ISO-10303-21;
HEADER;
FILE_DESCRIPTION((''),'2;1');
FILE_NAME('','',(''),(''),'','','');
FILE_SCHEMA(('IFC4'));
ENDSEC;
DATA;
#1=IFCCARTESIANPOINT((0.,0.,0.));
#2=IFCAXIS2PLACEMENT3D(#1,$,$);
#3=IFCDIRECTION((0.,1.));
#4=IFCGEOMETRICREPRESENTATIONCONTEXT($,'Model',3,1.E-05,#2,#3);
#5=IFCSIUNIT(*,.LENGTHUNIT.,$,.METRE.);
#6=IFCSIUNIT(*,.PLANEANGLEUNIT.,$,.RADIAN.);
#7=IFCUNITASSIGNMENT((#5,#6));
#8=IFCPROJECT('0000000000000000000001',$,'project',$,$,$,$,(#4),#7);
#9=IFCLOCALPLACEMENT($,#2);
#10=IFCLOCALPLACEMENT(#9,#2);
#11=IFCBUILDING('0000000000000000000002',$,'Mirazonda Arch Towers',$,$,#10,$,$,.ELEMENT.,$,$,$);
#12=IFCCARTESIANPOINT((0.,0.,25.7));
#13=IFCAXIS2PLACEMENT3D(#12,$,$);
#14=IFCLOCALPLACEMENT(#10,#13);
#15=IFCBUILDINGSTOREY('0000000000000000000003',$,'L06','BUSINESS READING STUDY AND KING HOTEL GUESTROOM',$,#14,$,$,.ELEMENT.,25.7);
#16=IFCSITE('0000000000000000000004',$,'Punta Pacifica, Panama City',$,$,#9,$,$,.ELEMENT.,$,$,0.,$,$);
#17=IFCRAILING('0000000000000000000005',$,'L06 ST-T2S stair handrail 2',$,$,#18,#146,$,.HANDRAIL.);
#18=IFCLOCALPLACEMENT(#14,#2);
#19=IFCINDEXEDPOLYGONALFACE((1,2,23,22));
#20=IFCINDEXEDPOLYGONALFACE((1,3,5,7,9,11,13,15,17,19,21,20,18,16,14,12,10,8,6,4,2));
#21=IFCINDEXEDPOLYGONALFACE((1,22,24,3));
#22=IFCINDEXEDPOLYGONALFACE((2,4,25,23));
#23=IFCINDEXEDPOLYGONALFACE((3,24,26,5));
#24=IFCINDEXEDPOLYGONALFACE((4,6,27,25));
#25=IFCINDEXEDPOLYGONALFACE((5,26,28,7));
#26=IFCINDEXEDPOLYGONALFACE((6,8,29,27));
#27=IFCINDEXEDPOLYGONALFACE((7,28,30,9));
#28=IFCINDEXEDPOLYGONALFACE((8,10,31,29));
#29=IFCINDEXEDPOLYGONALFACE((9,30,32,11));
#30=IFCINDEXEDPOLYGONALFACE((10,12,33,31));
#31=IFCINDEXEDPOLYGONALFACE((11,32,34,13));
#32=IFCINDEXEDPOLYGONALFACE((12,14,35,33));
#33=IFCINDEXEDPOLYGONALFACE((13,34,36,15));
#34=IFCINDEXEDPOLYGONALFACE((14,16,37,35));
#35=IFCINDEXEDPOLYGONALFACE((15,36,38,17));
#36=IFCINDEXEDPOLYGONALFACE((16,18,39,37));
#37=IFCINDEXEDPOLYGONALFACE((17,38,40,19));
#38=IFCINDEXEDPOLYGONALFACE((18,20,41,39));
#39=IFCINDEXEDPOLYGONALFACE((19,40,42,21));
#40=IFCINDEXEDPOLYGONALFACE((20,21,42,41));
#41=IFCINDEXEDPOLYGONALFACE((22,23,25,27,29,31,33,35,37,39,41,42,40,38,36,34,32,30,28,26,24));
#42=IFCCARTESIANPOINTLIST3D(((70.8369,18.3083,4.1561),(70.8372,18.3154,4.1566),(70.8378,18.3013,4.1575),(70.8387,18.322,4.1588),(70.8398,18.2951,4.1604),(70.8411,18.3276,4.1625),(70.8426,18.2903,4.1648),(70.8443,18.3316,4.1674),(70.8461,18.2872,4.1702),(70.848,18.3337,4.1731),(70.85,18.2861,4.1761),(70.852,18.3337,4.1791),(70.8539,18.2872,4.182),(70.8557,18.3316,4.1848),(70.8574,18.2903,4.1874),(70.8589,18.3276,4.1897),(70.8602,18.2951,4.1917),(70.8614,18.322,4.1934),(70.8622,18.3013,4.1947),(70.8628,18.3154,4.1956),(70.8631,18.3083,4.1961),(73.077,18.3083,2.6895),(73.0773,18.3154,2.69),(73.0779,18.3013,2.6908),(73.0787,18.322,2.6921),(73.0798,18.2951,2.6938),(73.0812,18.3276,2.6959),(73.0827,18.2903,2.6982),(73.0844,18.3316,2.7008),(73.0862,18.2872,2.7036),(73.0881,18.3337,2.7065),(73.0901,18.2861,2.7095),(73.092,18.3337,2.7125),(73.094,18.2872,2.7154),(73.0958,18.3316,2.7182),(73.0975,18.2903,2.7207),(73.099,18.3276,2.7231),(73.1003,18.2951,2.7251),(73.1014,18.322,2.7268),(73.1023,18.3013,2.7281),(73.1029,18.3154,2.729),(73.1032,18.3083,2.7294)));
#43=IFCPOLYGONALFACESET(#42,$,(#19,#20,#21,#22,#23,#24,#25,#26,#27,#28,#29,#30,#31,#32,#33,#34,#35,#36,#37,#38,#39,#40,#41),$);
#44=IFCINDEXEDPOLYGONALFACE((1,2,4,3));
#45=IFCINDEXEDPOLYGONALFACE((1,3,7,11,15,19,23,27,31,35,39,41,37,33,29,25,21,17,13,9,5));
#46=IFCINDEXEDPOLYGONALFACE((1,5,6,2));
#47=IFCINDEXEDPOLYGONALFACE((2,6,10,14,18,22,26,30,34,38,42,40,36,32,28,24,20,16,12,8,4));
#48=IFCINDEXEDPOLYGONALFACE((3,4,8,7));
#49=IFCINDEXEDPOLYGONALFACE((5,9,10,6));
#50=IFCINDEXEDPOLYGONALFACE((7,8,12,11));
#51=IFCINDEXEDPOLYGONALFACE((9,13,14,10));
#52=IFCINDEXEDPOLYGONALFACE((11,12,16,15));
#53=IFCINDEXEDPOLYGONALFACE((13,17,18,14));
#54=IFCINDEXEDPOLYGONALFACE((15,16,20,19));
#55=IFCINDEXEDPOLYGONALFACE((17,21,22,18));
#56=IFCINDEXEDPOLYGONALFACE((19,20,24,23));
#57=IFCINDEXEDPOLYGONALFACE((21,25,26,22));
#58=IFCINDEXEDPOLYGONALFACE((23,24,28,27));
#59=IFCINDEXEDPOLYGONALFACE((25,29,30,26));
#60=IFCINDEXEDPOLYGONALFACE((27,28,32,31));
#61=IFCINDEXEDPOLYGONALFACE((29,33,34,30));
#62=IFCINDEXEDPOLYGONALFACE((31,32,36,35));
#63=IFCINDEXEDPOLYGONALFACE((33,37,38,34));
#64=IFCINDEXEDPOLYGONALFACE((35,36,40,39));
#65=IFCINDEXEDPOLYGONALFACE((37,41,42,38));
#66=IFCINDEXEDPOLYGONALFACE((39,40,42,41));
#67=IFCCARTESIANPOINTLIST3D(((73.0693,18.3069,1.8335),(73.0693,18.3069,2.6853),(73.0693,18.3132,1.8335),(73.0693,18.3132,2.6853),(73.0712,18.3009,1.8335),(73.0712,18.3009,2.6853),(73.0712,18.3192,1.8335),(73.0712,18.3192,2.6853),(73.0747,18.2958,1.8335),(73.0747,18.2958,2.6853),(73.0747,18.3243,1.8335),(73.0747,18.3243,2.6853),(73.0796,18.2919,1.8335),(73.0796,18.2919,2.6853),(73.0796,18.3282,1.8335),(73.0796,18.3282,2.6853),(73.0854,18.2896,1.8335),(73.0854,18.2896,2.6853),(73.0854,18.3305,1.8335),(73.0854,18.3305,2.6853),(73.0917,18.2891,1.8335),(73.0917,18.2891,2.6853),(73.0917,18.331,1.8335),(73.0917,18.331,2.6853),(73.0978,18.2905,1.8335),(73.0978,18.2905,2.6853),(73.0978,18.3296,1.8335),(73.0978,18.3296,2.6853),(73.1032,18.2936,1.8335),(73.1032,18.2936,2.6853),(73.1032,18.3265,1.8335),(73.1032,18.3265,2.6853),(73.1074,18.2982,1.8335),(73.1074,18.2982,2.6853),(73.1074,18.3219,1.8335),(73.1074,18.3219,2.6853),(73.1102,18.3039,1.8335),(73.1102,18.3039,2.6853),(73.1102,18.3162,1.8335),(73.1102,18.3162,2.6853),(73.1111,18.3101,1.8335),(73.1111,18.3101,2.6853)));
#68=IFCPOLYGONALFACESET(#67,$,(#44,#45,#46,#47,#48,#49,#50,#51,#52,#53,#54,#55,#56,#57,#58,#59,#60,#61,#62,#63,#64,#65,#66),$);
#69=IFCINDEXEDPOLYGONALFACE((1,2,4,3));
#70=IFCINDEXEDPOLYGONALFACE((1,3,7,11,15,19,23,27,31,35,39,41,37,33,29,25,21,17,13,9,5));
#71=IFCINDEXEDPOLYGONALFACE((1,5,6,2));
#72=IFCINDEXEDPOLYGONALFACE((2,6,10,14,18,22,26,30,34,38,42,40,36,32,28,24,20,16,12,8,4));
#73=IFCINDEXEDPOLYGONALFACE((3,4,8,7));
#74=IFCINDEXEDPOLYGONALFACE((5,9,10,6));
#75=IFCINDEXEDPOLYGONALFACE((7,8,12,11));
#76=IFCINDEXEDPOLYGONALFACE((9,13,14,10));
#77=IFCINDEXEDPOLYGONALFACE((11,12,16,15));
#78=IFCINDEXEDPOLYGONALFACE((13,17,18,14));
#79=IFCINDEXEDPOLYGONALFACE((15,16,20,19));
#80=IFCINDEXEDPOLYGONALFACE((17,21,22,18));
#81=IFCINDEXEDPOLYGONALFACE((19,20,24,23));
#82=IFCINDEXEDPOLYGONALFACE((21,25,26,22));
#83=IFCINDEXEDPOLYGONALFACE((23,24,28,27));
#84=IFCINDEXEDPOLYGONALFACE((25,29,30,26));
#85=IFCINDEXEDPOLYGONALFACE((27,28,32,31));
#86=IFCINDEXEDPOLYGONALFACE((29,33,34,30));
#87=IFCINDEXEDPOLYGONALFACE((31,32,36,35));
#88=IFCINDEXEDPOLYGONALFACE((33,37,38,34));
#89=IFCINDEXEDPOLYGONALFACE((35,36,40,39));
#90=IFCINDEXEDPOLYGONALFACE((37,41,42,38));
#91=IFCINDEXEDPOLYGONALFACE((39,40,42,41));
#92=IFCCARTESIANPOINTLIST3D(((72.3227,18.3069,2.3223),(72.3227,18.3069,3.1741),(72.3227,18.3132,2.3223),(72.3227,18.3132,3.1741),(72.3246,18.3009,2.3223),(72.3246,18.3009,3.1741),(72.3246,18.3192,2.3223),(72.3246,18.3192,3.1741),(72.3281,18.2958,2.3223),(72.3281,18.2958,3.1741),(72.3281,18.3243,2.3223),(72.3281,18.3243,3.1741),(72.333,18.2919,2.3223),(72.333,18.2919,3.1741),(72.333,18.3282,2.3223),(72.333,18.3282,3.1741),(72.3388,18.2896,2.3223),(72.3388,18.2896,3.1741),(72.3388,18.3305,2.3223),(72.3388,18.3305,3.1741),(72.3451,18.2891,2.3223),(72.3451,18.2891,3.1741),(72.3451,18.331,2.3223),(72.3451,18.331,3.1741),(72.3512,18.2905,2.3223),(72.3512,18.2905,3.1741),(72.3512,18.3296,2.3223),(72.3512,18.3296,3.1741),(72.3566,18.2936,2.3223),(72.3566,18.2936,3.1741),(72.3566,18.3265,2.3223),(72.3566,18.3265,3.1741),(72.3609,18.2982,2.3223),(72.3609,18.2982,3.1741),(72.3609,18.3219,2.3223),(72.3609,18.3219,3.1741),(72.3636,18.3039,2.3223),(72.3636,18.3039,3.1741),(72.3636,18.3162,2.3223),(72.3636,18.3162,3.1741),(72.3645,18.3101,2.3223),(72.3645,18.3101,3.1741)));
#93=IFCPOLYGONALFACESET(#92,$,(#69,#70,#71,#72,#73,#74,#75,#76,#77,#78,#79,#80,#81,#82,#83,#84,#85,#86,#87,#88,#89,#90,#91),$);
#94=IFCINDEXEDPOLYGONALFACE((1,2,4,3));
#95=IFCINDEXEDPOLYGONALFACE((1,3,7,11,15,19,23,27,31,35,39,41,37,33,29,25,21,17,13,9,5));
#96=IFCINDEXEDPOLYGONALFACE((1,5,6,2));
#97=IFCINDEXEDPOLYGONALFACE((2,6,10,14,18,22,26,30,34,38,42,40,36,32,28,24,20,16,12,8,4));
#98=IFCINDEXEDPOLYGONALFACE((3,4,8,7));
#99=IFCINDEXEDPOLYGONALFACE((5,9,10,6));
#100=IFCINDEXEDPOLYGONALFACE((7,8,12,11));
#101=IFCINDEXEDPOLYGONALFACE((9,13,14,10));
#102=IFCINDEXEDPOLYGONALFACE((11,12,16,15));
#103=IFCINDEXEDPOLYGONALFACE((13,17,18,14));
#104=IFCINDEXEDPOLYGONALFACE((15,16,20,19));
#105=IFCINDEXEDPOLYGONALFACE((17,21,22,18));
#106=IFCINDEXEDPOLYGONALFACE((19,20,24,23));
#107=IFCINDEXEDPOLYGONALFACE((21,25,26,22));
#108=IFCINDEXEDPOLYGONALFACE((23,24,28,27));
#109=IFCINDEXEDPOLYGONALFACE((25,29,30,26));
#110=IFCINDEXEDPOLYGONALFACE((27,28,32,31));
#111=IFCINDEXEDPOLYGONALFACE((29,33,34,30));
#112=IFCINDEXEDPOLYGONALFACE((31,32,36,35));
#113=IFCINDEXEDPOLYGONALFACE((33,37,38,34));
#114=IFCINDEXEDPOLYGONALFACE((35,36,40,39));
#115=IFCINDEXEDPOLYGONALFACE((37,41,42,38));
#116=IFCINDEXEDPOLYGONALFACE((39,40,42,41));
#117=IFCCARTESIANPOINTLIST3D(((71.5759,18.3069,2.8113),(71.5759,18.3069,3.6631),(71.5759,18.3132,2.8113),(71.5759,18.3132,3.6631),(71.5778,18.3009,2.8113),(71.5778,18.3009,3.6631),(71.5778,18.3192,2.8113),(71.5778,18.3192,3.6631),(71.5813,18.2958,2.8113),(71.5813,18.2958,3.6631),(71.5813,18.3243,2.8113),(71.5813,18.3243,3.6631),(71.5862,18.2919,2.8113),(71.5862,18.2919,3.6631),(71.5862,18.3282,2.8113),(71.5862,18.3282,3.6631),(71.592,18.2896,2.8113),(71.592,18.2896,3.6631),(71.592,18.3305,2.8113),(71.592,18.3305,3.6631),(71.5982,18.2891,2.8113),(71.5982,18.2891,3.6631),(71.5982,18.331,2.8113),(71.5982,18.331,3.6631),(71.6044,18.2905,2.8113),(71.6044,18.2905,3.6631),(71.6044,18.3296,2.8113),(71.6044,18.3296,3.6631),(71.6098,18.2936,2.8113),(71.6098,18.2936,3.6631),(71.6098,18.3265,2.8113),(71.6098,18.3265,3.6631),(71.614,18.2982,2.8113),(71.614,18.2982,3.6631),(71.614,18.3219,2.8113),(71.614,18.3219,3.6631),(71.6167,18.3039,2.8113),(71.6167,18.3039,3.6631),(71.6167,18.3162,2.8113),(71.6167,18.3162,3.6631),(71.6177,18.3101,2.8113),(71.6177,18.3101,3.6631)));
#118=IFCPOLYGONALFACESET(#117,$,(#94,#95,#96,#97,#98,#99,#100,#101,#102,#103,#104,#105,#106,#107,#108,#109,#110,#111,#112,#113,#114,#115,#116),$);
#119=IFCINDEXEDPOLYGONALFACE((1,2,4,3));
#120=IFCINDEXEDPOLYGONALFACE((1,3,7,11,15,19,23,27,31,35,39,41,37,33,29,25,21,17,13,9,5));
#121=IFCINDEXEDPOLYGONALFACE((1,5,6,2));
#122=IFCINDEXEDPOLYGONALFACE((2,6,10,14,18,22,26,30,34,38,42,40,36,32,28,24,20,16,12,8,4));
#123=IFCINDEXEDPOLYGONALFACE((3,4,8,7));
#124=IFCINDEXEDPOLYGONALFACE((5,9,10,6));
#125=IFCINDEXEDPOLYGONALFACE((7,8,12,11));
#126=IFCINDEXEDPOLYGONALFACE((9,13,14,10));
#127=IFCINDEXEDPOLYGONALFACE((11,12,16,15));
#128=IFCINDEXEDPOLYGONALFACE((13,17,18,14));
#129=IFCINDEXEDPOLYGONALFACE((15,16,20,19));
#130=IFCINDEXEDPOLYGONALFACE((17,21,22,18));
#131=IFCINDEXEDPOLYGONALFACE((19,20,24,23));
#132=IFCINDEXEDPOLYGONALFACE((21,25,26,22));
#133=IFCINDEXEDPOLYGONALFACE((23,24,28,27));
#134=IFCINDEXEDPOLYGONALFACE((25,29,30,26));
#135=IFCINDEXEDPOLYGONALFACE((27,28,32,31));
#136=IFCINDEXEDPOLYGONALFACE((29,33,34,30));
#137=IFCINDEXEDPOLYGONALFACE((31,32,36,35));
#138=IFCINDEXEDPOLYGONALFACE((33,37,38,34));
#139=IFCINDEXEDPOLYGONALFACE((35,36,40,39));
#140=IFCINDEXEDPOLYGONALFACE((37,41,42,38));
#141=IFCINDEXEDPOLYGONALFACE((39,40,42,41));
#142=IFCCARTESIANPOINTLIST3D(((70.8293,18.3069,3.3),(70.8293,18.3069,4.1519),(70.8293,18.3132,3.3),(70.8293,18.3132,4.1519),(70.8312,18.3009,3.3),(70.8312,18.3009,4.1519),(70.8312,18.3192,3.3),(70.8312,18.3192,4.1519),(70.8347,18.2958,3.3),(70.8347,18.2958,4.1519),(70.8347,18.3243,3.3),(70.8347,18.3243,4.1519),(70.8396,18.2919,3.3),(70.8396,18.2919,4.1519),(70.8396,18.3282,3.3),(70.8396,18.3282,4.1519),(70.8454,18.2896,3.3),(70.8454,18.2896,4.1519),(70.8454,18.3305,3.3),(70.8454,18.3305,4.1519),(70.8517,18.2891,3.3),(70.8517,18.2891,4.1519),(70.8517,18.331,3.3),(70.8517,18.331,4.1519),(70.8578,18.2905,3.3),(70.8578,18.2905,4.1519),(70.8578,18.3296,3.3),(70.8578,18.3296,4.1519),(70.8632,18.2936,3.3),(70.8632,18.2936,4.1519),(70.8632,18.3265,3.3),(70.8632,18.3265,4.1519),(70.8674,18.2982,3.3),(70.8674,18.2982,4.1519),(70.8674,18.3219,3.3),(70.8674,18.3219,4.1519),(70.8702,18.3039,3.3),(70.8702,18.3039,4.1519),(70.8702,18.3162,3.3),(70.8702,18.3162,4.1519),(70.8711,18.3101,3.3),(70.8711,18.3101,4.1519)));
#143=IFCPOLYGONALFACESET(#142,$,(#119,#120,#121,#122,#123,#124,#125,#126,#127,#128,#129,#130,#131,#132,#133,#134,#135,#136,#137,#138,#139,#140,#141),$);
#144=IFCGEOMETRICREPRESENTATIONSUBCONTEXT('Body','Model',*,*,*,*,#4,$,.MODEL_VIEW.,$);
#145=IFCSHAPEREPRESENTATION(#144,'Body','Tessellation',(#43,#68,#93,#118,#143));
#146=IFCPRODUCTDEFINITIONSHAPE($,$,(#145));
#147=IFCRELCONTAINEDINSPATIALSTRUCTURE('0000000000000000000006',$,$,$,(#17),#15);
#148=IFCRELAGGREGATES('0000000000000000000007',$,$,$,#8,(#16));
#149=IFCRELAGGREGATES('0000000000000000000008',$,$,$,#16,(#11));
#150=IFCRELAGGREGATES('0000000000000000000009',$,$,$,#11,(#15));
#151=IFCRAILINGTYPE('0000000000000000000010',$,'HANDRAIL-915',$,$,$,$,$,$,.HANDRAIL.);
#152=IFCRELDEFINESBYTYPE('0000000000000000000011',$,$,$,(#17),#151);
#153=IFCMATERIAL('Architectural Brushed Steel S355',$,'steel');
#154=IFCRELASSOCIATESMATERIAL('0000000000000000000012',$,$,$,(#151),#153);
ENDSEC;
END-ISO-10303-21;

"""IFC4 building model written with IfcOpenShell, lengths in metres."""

from ifc_helpers import new_model, si_unit, direction, frame, origin, origin_2d, place, context, subcontext, project, spatial, circle, extrude, material, type_object, element, save


model = new_model("IFC4")

# Units and contexts
model_context = context("Model", 3, precision=1e-05, world=origin(), true_north=direction((0.0, 1.0)))
body_context = subcontext(model_context, "Body", "Model", "MODEL_VIEW")
ifc_project = project(units=[si_unit("LENGTHUNIT", "METRE"), si_unit("PLANEANGLEUNIT", "RADIAN")], contexts=[model_context])

# Site, building, storey
site_placement = place(None, origin())
site = spatial("IfcSite", under=ifc_project, at=site_placement, Name="Punta Pacifica, Panama City", CompositionType="ELEMENT", RefElevation=0.0)
building_placement = place(site_placement, origin())
building = spatial("IfcBuilding", under=site, at=building_placement, Name="Mirazonda Arch Towers", CompositionType="ELEMENT")
storey_placement = place(building_placement, frame((0.0, 0.0, 25.7)))
storey = spatial("IfcBuildingStorey", under=building, at=storey_placement, Name="L06", Description="BUSINESS READING STUDY AND KING HOTEL GUESTROOM", CompositionType="ELEMENT", Elevation=25.7)

# Railing
ifc_material_1 = material(Name="Architectural Brushed Steel S355", Category="steel")
railing_type_1 = type_object("IfcRailingType", Name="HANDRAIL-915", PredefinedType="HANDRAIL", material=ifc_material_1)
railing_1_placement = place(storey_placement, frame((73.0901, 18.3101, 1.8335)))
element("IfcRailing", 1, at=railing_1_placement, inside=storey, type_object=railing_type_1, Name="L06 ST-T2S stair handrail 2", PredefinedType="HANDRAIL", context=body_context, shape_type="SweptSolid", body=[
    extrude(circle(Radius=0.0239, at=origin_2d()), frame((0.0, 0.0, 0.876), z_axis=(-0.836637, 0.0, 0.547758), x_axis=(0.0, -1.0, 0.0)), (0.0, 0.0, 1.0), 2.6775),
    extrude(circle(Radius=0.021, at=origin_2d()), origin(), (0.0, 0.0, 1.0), 0.8518),
    extrude(circle(Radius=0.021, at=origin_2d()), frame((-0.7466, 0.0, 0.4888)), (0.0, 0.0, 1.0), 0.8518),
    extrude(circle(Radius=0.021, at=origin_2d()), frame((-1.4934, 0.0, 0.9778)), (0.0, 0.0, 1.0), 0.8518),
    extrude(circle(Radius=0.021, at=origin_2d()), frame((-2.24, 0.0, 1.4666)), (0.0, 0.0, 1.0), 0.8518),
])

save(model, "model.ifc")
